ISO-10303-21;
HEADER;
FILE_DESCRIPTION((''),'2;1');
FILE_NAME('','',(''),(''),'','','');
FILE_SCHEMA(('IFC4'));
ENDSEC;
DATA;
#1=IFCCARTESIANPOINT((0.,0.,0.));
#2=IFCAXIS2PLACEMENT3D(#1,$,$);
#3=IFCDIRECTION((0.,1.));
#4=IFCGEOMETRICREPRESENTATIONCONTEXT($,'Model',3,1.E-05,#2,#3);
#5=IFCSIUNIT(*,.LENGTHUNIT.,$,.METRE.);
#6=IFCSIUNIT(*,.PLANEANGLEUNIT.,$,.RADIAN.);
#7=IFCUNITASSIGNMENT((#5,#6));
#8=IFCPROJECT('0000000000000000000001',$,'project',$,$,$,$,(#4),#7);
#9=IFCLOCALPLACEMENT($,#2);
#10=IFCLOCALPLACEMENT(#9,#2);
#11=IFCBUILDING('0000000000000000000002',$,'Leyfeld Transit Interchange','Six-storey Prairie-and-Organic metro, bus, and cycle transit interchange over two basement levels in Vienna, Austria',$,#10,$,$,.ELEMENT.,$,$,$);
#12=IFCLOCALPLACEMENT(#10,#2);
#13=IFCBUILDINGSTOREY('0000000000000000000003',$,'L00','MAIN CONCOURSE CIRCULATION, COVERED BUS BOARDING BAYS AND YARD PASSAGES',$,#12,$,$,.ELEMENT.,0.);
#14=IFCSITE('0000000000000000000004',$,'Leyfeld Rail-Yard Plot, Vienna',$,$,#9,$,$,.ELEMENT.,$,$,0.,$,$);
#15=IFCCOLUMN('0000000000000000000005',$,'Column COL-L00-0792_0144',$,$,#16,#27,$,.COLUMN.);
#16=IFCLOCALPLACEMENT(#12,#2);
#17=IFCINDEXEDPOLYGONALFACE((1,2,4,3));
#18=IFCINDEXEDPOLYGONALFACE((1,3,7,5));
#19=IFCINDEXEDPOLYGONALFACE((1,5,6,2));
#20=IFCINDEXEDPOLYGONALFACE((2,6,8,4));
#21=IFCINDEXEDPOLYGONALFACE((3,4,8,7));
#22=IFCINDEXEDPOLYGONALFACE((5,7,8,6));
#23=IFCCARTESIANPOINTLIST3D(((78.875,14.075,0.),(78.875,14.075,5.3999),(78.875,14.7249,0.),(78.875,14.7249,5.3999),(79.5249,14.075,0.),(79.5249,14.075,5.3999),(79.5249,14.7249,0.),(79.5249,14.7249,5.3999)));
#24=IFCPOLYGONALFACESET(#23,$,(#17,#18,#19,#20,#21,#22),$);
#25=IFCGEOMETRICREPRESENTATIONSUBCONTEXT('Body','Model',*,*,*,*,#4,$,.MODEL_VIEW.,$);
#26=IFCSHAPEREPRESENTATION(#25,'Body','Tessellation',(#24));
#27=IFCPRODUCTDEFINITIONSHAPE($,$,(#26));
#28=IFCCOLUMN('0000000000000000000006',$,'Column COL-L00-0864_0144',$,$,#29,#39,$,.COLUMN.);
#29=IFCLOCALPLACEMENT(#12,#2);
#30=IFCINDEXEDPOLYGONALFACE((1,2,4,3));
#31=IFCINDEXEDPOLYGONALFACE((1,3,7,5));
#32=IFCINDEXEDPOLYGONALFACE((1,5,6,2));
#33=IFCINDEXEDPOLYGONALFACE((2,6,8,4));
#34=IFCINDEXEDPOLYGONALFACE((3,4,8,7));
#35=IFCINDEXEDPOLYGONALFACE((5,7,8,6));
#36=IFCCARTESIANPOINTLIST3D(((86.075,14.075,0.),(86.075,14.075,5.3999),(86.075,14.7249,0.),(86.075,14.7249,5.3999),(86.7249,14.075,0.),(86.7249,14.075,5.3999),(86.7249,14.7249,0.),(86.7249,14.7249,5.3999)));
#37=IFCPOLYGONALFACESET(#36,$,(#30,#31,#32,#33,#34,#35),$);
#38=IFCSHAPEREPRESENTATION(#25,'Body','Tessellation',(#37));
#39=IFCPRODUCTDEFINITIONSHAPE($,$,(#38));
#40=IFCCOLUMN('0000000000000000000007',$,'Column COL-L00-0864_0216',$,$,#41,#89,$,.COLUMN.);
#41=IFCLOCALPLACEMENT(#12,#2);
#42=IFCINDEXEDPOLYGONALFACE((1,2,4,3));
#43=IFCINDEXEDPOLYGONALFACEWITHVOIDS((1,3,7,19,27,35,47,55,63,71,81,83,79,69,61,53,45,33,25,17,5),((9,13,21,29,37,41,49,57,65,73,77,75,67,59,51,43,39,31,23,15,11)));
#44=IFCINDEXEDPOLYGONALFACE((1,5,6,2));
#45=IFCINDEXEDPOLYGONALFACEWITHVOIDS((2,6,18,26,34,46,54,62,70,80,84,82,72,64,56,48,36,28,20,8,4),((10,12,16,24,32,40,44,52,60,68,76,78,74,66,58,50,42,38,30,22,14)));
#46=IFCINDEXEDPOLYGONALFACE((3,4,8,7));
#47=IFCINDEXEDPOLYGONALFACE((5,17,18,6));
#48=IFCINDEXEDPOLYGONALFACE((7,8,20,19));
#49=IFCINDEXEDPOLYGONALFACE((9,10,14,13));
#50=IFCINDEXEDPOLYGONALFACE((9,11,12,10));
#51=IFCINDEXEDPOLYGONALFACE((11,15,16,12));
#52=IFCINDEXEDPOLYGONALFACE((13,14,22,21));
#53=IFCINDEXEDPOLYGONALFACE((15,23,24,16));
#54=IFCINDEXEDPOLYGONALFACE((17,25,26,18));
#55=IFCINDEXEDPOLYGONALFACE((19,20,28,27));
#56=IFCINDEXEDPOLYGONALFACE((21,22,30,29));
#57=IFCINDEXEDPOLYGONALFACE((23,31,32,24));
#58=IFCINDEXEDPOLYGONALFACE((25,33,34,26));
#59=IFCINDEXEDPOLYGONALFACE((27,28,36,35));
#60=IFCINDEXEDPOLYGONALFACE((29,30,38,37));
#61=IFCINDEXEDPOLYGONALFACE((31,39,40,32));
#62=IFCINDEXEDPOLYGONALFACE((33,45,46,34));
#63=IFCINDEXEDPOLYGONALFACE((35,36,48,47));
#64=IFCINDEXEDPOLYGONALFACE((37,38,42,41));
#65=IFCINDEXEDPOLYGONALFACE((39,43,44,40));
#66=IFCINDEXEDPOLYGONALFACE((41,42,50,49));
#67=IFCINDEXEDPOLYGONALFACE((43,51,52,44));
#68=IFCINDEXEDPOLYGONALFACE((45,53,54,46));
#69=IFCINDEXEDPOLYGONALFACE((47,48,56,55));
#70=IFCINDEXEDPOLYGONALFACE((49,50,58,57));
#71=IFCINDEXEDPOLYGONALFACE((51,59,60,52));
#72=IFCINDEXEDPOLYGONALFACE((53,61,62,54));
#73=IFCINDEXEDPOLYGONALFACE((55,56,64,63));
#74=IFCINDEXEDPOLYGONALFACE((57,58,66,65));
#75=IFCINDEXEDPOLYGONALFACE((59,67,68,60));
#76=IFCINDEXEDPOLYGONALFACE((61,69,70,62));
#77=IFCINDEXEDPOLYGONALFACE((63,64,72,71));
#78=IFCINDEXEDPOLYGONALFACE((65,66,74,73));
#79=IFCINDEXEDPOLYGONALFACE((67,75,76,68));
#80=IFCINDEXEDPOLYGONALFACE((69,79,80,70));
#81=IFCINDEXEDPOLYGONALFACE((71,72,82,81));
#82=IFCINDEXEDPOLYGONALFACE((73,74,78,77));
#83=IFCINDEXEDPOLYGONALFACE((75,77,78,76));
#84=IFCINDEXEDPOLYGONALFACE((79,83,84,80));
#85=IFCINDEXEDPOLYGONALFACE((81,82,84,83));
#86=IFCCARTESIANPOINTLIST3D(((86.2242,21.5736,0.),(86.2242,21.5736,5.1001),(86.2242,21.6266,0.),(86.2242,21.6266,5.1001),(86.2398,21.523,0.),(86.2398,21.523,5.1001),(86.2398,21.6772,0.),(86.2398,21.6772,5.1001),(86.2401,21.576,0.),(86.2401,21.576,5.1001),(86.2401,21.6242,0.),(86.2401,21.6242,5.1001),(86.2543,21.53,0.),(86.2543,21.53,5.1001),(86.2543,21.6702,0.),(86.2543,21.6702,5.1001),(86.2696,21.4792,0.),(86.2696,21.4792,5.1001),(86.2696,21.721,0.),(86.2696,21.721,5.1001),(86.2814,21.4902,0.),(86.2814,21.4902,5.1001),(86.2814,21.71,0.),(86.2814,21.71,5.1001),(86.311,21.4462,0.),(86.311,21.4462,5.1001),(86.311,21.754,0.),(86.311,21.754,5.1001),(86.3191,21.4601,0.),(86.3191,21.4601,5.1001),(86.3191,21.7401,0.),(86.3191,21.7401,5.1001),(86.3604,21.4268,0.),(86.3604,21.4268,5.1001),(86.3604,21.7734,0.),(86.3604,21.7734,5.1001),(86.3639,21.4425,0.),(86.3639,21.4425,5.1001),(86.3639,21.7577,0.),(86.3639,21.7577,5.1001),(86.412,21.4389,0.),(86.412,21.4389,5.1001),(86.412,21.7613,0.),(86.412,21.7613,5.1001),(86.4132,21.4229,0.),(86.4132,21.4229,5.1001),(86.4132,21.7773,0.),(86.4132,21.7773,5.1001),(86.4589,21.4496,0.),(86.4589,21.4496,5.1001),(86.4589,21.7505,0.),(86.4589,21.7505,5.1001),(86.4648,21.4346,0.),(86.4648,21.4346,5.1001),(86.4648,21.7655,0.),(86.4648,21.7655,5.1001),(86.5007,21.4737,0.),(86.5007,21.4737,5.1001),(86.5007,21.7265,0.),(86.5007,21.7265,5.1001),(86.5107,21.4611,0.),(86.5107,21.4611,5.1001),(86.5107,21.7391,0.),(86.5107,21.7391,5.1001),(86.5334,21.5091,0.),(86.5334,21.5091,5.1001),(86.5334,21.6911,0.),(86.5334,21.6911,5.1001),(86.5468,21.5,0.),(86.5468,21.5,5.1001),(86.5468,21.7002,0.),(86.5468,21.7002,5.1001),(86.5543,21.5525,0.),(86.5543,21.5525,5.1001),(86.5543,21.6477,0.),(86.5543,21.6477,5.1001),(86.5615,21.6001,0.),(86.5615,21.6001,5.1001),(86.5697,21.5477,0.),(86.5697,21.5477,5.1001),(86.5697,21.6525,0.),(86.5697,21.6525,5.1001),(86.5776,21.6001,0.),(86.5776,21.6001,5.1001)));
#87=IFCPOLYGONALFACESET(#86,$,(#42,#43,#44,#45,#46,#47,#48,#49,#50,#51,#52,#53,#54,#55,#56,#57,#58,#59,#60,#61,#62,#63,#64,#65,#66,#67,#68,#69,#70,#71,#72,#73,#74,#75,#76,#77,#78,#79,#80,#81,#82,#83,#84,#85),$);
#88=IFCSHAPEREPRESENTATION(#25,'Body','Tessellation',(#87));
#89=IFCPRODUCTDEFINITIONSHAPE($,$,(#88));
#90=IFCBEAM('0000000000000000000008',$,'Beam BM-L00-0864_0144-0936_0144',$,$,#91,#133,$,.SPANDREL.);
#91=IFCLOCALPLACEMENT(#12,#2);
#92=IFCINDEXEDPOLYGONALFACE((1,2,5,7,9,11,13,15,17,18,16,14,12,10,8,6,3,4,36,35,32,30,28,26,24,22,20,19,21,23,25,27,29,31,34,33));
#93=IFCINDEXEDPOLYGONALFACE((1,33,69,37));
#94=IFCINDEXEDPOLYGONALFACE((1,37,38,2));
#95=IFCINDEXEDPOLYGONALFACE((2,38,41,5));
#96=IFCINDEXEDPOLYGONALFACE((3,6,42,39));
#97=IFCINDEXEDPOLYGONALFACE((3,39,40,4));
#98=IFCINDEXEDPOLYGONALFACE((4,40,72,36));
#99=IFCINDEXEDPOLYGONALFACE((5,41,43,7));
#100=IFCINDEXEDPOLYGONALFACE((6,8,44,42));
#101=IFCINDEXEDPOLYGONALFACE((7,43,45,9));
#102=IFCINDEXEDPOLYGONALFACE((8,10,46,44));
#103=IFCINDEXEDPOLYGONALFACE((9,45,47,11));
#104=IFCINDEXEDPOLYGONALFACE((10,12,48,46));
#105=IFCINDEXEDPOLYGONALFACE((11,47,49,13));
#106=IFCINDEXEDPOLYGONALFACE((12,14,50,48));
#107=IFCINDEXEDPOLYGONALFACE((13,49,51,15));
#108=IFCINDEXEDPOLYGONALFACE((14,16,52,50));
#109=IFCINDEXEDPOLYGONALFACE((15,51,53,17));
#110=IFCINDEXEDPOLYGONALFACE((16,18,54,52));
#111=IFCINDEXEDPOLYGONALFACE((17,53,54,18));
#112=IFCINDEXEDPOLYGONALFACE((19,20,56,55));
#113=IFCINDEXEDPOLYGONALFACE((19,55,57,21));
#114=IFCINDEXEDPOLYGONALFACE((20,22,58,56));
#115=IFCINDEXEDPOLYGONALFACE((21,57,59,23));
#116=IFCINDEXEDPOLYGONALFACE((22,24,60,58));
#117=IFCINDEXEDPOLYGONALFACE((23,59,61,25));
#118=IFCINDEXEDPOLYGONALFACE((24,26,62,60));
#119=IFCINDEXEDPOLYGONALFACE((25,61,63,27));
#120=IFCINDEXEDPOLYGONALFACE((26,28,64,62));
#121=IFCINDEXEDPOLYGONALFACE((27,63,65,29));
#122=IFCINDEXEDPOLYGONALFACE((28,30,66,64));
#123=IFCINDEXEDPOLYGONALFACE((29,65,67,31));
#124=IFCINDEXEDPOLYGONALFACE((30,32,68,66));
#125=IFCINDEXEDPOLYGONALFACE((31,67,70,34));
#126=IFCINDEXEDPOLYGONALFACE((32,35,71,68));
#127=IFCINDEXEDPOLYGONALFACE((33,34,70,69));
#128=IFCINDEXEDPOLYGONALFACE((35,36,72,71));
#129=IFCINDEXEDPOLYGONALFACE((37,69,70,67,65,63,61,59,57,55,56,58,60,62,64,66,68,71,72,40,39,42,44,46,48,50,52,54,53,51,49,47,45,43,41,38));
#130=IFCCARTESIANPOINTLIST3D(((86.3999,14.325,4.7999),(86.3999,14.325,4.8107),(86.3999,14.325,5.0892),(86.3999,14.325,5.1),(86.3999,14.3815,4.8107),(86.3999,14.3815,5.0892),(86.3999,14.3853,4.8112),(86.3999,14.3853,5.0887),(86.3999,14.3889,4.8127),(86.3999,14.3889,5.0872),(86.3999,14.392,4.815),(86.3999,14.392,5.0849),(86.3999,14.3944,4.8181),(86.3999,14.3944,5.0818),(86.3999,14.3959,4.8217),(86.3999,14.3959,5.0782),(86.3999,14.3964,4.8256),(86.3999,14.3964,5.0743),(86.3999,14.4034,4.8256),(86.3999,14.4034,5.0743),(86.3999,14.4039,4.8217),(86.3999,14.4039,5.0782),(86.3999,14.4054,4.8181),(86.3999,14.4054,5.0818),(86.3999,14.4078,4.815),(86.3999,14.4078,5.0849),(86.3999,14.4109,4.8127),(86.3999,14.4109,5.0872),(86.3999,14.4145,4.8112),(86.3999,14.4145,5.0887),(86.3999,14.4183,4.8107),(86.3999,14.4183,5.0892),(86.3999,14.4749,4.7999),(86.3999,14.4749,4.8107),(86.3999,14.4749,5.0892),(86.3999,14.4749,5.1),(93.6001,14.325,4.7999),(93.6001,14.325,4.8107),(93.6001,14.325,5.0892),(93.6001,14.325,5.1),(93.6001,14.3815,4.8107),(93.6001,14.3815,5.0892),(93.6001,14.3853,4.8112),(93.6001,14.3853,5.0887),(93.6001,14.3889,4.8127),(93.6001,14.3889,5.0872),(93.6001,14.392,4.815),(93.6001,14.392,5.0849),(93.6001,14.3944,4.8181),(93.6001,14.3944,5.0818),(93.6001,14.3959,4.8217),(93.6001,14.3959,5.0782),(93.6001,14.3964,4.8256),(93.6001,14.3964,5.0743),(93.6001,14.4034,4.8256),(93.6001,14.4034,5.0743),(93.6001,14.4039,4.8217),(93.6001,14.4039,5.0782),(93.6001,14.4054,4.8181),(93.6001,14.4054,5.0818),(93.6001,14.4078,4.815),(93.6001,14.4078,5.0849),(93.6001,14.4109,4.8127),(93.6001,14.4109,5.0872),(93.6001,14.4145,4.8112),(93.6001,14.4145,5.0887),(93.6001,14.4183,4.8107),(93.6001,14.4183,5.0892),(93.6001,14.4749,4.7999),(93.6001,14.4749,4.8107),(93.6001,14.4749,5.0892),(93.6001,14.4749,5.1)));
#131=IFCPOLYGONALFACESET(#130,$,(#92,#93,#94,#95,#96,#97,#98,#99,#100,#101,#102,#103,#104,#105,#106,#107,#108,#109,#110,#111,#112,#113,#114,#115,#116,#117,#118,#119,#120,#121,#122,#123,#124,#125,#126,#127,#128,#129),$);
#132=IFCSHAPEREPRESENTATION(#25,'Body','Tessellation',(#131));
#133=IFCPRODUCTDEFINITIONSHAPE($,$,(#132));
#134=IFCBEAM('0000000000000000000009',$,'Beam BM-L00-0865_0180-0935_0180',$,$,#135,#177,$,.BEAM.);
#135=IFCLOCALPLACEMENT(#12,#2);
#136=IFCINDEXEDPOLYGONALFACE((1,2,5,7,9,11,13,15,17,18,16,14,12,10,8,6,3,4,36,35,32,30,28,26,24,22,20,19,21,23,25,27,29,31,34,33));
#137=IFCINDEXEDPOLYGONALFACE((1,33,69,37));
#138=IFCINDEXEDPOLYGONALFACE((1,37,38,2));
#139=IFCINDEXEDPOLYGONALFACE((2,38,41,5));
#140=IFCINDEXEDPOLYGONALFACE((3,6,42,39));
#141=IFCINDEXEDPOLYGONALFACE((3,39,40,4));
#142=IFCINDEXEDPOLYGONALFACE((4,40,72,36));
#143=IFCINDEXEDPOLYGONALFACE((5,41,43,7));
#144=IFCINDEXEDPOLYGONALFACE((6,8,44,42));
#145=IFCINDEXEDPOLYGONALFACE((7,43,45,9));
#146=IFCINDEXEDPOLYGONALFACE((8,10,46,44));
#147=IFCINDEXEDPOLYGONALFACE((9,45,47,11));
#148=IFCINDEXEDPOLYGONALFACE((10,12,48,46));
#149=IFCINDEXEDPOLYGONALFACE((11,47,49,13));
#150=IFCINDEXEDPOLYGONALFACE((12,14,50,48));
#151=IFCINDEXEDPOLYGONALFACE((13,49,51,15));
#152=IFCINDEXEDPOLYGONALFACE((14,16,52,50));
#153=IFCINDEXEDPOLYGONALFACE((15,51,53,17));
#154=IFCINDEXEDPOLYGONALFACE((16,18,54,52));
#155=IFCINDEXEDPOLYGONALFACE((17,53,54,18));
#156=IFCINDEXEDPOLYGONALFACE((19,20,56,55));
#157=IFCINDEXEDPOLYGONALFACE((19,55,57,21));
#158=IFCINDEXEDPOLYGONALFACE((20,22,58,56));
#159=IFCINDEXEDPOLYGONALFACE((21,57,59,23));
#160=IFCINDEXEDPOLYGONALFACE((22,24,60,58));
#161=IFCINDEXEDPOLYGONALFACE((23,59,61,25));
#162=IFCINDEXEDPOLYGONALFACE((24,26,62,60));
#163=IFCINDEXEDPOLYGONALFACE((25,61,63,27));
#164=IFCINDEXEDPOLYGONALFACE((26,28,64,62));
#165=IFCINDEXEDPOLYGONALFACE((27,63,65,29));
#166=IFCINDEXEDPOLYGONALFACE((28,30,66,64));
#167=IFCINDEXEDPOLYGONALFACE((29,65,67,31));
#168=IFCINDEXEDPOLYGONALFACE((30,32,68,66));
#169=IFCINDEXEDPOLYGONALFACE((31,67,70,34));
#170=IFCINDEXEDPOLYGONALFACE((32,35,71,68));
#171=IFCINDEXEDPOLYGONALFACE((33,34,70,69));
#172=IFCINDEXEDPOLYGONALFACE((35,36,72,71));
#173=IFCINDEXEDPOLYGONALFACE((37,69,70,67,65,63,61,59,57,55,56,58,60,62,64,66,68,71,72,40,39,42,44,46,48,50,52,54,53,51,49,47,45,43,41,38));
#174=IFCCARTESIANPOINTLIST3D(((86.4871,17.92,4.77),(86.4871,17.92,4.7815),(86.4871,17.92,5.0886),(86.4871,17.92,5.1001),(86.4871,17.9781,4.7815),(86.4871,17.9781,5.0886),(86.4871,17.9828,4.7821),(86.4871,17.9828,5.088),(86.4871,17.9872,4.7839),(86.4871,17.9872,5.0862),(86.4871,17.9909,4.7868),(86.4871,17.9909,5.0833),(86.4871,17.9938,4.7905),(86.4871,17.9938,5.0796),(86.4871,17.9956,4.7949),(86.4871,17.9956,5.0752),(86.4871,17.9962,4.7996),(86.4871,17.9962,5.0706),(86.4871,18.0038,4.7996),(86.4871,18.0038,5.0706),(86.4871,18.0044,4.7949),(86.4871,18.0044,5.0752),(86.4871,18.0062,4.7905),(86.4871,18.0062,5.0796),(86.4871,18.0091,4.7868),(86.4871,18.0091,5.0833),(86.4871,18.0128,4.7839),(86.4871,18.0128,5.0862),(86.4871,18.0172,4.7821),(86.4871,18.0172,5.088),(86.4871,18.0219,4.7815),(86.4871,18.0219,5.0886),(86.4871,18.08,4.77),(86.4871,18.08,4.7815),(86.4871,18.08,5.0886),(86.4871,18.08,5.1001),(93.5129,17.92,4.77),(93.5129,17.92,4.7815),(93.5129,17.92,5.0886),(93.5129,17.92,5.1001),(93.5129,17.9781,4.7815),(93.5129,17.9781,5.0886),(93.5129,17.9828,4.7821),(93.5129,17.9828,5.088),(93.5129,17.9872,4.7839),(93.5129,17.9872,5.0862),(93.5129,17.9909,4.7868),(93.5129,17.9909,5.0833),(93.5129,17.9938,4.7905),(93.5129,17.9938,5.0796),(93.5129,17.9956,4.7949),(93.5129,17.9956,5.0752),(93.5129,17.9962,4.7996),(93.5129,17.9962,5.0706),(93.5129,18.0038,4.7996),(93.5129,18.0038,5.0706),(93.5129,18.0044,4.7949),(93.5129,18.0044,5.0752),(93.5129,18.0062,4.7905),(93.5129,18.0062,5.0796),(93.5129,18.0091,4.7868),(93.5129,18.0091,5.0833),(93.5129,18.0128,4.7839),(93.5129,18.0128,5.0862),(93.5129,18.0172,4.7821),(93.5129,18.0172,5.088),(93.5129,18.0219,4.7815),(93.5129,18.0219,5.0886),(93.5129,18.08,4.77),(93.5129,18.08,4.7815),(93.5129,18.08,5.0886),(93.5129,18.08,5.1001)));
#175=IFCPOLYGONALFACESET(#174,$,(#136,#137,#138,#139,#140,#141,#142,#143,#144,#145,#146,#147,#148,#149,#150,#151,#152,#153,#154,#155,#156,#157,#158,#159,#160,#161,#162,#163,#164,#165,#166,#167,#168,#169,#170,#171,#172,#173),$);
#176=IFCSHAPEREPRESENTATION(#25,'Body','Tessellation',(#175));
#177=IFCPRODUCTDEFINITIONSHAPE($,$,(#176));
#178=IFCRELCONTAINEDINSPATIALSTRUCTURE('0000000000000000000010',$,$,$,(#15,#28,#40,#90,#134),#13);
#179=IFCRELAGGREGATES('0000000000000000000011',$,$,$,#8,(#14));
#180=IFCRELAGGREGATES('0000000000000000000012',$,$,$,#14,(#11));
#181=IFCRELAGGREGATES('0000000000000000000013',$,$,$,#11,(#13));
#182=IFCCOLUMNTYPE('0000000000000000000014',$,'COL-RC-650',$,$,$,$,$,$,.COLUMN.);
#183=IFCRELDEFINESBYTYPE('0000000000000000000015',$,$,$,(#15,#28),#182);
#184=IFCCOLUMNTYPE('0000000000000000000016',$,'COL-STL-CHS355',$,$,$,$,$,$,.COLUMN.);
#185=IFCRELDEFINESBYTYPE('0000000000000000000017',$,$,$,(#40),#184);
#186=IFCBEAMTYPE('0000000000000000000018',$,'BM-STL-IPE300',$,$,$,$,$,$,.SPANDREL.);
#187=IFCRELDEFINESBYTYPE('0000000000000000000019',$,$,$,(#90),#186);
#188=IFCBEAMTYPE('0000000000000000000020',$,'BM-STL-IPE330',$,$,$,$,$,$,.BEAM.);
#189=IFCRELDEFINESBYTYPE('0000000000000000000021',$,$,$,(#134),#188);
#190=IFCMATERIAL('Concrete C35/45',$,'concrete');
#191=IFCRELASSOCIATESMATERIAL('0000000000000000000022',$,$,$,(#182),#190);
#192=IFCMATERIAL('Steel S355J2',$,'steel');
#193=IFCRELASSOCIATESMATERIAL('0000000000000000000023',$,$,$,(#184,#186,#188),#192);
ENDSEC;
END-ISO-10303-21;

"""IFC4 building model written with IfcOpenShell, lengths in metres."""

from ifc_helpers import new_model, si_unit, direction, frame, origin, origin_2d, place, context, subcontext, project, spatial, rectangle, hollow_circle, i_section, extrude, material, material_profile, profile_set, type_object, element, save


model = new_model("IFC4")

# Units and contexts
model_context = context("Model", 3, precision=1e-05, world=origin(), true_north=direction((0.0, 1.0)))
body_context = subcontext(model_context, "Body", "Model", "MODEL_VIEW")
ifc_project = project(units=[si_unit("LENGTHUNIT", "METRE"), si_unit("PLANEANGLEUNIT", "RADIAN")], contexts=[model_context])

# Site, building, storey
site_placement = place(None, origin())
site = spatial("IfcSite", under=ifc_project, at=site_placement, Name="Leyfeld Rail-Yard Plot, Vienna", CompositionType="ELEMENT", RefElevation=0.0)
building_placement = place(site_placement, origin())
building = spatial("IfcBuilding", under=site, at=building_placement, Name="Leyfeld Transit Interchange", Description="Six-storey Prairie-and-Organic metro, bus, and cycle transit interchange over two basement levels in Vienna, Austria", CompositionType="ELEMENT")
storey_placement = place(building_placement, origin())
storey = spatial("IfcBuildingStorey", under=building, at=storey_placement, Name="L00", Description="MAIN CONCOURSE CIRCULATION, COVERED BUS BOARDING BAYS AND YARD PASSAGES", CompositionType="ELEMENT", Elevation=0.0)

# Columns
ifc_material_1 = material(Name="Concrete C35/45", Category="concrete")
ifc_material_profile_1 = material_profile(ifc_material_1, rectangle(XDim=0.6499, YDim=0.6499, at=origin_2d()), Name="RC 650x650")
ifc_profile_set_1 = profile_set([ifc_material_profile_1], Name="Concrete C35/45")
column_type_1 = type_object("IfcColumnType", Name="COL-RC-650", PredefinedType="COLUMN", material=ifc_profile_set_1)
for number, where, z_axis, x_axis, name in (
    (1, (79.2, 14.3999, 0.0), (0.0, 0.0, 1.0), (1.0, 0.0, 0.0), "Column COL-L00-0792_0144"),
    (2, (86.3999, 14.3999, 0.0), (0.0, 0.0, 1.0), (1.0, 0.0, 0.0), "Column COL-L00-0864_0144"),
):
    element("IfcColumn", number, at=place(storey_placement, frame(where, z_axis=z_axis, x_axis=x_axis)), inside=storey, type_object=column_type_1, Name=name, PredefinedType="COLUMN", context=body_context, shape_type="SweptSolid", body=[
        extrude(rectangle(XDim=0.6499, YDim=0.6499, at=origin_2d()), origin(), (0.0, 0.0, 1.0), 5.3999),
    ])
ifc_material_2 = material(Name="Steel S355J2", Category="steel")
ifc_material_profile_2 = material_profile(ifc_material_2, hollow_circle(Radius=0.1777, WallThickness=0.0161, at=origin_2d()), Name="CHS 355.6x16")
ifc_profile_set_2 = profile_set([ifc_material_profile_2], Name="Steel S355J2")
column_type_2 = type_object("IfcColumnType", Name="COL-STL-CHS355", PredefinedType="COLUMN", material=ifc_profile_set_2)
column_placement = place(storey_placement, frame((86.3999, 21.6001, 0.0), z_axis=(0.0, 0.0, 1.0), x_axis=(1.0, 0.0, 0.0)))
element("IfcColumn", 3, at=column_placement, inside=storey, type_object=column_type_2, Name="Column COL-L00-0864_0216", PredefinedType="COLUMN", context=body_context, shape_type="SweptSolid", body=[
    extrude(hollow_circle(Radius=0.1777, WallThickness=0.0161, at=origin_2d()), origin(), (0.0, 0.0, 1.0), 5.1001),
])

# Beams
ifc_material_profile_3 = material_profile(ifc_material_2, i_section(OverallWidth=0.1499, OverallDepth=0.3, WebThickness=0.0071, FlangeThickness=0.0107, FilletRadius=0.0149, at=origin_2d()), Name="IPE 300")
ifc_profile_set_3 = profile_set([ifc_material_profile_3], Name="Steel S355J2")
beam_type_1 = type_object("IfcBeamType", Name="BM-STL-IPE300", PredefinedType="SPANDREL", material=ifc_profile_set_3)
beam_1_placement = place(storey_placement, frame((86.3999, 14.3999, 4.95), z_axis=(1.0, 0.0, 0.0), x_axis=(0.0, 1.0, 0.0)))
element("IfcBeam", 4, at=beam_1_placement, inside=storey, type_object=beam_type_1, Name="Beam BM-L00-0864_0144-0936_0144", PredefinedType="SPANDREL", context=body_context, shape_type="SweptSolid", body=[
    extrude(i_section(OverallWidth=0.1499, OverallDepth=0.3, WebThickness=0.0071, FlangeThickness=0.0107, FilletRadius=0.0149, at=origin_2d()), origin(), (0.0, 0.0, 1.0), 7.2002),
])
ifc_material_profile_4 = material_profile(ifc_material_2, i_section(OverallWidth=0.1599, OverallDepth=0.3301, WebThickness=0.0076, FlangeThickness=0.0115, FilletRadius=0.0181, at=origin_2d()), Name="IPE 330")
ifc_profile_set_4 = profile_set([ifc_material_profile_4], Name="Steel S355J2")
beam_type_2 = type_object("IfcBeamType", Name="BM-STL-IPE330", PredefinedType="BEAM", material=ifc_profile_set_4)
beam_2_placement = place(storey_placement, frame((86.4871, 18.0, 4.9351), z_axis=(1.0, 0.0, 0.0), x_axis=(0.0, 1.0, 0.0)))
element("IfcBeam", 5, at=beam_2_placement, inside=storey, type_object=beam_type_2, Name="Beam BM-L00-0865_0180-0935_0180", PredefinedType="BEAM", context=body_context, shape_type="SweptSolid", body=[
    extrude(i_section(OverallWidth=0.1599, OverallDepth=0.3301, WebThickness=0.0076, FlangeThickness=0.0115, FilletRadius=0.0181, at=origin_2d()), origin(), (0.0, 0.0, 1.0), 7.0259),
])

save(model, "model.ifc")
